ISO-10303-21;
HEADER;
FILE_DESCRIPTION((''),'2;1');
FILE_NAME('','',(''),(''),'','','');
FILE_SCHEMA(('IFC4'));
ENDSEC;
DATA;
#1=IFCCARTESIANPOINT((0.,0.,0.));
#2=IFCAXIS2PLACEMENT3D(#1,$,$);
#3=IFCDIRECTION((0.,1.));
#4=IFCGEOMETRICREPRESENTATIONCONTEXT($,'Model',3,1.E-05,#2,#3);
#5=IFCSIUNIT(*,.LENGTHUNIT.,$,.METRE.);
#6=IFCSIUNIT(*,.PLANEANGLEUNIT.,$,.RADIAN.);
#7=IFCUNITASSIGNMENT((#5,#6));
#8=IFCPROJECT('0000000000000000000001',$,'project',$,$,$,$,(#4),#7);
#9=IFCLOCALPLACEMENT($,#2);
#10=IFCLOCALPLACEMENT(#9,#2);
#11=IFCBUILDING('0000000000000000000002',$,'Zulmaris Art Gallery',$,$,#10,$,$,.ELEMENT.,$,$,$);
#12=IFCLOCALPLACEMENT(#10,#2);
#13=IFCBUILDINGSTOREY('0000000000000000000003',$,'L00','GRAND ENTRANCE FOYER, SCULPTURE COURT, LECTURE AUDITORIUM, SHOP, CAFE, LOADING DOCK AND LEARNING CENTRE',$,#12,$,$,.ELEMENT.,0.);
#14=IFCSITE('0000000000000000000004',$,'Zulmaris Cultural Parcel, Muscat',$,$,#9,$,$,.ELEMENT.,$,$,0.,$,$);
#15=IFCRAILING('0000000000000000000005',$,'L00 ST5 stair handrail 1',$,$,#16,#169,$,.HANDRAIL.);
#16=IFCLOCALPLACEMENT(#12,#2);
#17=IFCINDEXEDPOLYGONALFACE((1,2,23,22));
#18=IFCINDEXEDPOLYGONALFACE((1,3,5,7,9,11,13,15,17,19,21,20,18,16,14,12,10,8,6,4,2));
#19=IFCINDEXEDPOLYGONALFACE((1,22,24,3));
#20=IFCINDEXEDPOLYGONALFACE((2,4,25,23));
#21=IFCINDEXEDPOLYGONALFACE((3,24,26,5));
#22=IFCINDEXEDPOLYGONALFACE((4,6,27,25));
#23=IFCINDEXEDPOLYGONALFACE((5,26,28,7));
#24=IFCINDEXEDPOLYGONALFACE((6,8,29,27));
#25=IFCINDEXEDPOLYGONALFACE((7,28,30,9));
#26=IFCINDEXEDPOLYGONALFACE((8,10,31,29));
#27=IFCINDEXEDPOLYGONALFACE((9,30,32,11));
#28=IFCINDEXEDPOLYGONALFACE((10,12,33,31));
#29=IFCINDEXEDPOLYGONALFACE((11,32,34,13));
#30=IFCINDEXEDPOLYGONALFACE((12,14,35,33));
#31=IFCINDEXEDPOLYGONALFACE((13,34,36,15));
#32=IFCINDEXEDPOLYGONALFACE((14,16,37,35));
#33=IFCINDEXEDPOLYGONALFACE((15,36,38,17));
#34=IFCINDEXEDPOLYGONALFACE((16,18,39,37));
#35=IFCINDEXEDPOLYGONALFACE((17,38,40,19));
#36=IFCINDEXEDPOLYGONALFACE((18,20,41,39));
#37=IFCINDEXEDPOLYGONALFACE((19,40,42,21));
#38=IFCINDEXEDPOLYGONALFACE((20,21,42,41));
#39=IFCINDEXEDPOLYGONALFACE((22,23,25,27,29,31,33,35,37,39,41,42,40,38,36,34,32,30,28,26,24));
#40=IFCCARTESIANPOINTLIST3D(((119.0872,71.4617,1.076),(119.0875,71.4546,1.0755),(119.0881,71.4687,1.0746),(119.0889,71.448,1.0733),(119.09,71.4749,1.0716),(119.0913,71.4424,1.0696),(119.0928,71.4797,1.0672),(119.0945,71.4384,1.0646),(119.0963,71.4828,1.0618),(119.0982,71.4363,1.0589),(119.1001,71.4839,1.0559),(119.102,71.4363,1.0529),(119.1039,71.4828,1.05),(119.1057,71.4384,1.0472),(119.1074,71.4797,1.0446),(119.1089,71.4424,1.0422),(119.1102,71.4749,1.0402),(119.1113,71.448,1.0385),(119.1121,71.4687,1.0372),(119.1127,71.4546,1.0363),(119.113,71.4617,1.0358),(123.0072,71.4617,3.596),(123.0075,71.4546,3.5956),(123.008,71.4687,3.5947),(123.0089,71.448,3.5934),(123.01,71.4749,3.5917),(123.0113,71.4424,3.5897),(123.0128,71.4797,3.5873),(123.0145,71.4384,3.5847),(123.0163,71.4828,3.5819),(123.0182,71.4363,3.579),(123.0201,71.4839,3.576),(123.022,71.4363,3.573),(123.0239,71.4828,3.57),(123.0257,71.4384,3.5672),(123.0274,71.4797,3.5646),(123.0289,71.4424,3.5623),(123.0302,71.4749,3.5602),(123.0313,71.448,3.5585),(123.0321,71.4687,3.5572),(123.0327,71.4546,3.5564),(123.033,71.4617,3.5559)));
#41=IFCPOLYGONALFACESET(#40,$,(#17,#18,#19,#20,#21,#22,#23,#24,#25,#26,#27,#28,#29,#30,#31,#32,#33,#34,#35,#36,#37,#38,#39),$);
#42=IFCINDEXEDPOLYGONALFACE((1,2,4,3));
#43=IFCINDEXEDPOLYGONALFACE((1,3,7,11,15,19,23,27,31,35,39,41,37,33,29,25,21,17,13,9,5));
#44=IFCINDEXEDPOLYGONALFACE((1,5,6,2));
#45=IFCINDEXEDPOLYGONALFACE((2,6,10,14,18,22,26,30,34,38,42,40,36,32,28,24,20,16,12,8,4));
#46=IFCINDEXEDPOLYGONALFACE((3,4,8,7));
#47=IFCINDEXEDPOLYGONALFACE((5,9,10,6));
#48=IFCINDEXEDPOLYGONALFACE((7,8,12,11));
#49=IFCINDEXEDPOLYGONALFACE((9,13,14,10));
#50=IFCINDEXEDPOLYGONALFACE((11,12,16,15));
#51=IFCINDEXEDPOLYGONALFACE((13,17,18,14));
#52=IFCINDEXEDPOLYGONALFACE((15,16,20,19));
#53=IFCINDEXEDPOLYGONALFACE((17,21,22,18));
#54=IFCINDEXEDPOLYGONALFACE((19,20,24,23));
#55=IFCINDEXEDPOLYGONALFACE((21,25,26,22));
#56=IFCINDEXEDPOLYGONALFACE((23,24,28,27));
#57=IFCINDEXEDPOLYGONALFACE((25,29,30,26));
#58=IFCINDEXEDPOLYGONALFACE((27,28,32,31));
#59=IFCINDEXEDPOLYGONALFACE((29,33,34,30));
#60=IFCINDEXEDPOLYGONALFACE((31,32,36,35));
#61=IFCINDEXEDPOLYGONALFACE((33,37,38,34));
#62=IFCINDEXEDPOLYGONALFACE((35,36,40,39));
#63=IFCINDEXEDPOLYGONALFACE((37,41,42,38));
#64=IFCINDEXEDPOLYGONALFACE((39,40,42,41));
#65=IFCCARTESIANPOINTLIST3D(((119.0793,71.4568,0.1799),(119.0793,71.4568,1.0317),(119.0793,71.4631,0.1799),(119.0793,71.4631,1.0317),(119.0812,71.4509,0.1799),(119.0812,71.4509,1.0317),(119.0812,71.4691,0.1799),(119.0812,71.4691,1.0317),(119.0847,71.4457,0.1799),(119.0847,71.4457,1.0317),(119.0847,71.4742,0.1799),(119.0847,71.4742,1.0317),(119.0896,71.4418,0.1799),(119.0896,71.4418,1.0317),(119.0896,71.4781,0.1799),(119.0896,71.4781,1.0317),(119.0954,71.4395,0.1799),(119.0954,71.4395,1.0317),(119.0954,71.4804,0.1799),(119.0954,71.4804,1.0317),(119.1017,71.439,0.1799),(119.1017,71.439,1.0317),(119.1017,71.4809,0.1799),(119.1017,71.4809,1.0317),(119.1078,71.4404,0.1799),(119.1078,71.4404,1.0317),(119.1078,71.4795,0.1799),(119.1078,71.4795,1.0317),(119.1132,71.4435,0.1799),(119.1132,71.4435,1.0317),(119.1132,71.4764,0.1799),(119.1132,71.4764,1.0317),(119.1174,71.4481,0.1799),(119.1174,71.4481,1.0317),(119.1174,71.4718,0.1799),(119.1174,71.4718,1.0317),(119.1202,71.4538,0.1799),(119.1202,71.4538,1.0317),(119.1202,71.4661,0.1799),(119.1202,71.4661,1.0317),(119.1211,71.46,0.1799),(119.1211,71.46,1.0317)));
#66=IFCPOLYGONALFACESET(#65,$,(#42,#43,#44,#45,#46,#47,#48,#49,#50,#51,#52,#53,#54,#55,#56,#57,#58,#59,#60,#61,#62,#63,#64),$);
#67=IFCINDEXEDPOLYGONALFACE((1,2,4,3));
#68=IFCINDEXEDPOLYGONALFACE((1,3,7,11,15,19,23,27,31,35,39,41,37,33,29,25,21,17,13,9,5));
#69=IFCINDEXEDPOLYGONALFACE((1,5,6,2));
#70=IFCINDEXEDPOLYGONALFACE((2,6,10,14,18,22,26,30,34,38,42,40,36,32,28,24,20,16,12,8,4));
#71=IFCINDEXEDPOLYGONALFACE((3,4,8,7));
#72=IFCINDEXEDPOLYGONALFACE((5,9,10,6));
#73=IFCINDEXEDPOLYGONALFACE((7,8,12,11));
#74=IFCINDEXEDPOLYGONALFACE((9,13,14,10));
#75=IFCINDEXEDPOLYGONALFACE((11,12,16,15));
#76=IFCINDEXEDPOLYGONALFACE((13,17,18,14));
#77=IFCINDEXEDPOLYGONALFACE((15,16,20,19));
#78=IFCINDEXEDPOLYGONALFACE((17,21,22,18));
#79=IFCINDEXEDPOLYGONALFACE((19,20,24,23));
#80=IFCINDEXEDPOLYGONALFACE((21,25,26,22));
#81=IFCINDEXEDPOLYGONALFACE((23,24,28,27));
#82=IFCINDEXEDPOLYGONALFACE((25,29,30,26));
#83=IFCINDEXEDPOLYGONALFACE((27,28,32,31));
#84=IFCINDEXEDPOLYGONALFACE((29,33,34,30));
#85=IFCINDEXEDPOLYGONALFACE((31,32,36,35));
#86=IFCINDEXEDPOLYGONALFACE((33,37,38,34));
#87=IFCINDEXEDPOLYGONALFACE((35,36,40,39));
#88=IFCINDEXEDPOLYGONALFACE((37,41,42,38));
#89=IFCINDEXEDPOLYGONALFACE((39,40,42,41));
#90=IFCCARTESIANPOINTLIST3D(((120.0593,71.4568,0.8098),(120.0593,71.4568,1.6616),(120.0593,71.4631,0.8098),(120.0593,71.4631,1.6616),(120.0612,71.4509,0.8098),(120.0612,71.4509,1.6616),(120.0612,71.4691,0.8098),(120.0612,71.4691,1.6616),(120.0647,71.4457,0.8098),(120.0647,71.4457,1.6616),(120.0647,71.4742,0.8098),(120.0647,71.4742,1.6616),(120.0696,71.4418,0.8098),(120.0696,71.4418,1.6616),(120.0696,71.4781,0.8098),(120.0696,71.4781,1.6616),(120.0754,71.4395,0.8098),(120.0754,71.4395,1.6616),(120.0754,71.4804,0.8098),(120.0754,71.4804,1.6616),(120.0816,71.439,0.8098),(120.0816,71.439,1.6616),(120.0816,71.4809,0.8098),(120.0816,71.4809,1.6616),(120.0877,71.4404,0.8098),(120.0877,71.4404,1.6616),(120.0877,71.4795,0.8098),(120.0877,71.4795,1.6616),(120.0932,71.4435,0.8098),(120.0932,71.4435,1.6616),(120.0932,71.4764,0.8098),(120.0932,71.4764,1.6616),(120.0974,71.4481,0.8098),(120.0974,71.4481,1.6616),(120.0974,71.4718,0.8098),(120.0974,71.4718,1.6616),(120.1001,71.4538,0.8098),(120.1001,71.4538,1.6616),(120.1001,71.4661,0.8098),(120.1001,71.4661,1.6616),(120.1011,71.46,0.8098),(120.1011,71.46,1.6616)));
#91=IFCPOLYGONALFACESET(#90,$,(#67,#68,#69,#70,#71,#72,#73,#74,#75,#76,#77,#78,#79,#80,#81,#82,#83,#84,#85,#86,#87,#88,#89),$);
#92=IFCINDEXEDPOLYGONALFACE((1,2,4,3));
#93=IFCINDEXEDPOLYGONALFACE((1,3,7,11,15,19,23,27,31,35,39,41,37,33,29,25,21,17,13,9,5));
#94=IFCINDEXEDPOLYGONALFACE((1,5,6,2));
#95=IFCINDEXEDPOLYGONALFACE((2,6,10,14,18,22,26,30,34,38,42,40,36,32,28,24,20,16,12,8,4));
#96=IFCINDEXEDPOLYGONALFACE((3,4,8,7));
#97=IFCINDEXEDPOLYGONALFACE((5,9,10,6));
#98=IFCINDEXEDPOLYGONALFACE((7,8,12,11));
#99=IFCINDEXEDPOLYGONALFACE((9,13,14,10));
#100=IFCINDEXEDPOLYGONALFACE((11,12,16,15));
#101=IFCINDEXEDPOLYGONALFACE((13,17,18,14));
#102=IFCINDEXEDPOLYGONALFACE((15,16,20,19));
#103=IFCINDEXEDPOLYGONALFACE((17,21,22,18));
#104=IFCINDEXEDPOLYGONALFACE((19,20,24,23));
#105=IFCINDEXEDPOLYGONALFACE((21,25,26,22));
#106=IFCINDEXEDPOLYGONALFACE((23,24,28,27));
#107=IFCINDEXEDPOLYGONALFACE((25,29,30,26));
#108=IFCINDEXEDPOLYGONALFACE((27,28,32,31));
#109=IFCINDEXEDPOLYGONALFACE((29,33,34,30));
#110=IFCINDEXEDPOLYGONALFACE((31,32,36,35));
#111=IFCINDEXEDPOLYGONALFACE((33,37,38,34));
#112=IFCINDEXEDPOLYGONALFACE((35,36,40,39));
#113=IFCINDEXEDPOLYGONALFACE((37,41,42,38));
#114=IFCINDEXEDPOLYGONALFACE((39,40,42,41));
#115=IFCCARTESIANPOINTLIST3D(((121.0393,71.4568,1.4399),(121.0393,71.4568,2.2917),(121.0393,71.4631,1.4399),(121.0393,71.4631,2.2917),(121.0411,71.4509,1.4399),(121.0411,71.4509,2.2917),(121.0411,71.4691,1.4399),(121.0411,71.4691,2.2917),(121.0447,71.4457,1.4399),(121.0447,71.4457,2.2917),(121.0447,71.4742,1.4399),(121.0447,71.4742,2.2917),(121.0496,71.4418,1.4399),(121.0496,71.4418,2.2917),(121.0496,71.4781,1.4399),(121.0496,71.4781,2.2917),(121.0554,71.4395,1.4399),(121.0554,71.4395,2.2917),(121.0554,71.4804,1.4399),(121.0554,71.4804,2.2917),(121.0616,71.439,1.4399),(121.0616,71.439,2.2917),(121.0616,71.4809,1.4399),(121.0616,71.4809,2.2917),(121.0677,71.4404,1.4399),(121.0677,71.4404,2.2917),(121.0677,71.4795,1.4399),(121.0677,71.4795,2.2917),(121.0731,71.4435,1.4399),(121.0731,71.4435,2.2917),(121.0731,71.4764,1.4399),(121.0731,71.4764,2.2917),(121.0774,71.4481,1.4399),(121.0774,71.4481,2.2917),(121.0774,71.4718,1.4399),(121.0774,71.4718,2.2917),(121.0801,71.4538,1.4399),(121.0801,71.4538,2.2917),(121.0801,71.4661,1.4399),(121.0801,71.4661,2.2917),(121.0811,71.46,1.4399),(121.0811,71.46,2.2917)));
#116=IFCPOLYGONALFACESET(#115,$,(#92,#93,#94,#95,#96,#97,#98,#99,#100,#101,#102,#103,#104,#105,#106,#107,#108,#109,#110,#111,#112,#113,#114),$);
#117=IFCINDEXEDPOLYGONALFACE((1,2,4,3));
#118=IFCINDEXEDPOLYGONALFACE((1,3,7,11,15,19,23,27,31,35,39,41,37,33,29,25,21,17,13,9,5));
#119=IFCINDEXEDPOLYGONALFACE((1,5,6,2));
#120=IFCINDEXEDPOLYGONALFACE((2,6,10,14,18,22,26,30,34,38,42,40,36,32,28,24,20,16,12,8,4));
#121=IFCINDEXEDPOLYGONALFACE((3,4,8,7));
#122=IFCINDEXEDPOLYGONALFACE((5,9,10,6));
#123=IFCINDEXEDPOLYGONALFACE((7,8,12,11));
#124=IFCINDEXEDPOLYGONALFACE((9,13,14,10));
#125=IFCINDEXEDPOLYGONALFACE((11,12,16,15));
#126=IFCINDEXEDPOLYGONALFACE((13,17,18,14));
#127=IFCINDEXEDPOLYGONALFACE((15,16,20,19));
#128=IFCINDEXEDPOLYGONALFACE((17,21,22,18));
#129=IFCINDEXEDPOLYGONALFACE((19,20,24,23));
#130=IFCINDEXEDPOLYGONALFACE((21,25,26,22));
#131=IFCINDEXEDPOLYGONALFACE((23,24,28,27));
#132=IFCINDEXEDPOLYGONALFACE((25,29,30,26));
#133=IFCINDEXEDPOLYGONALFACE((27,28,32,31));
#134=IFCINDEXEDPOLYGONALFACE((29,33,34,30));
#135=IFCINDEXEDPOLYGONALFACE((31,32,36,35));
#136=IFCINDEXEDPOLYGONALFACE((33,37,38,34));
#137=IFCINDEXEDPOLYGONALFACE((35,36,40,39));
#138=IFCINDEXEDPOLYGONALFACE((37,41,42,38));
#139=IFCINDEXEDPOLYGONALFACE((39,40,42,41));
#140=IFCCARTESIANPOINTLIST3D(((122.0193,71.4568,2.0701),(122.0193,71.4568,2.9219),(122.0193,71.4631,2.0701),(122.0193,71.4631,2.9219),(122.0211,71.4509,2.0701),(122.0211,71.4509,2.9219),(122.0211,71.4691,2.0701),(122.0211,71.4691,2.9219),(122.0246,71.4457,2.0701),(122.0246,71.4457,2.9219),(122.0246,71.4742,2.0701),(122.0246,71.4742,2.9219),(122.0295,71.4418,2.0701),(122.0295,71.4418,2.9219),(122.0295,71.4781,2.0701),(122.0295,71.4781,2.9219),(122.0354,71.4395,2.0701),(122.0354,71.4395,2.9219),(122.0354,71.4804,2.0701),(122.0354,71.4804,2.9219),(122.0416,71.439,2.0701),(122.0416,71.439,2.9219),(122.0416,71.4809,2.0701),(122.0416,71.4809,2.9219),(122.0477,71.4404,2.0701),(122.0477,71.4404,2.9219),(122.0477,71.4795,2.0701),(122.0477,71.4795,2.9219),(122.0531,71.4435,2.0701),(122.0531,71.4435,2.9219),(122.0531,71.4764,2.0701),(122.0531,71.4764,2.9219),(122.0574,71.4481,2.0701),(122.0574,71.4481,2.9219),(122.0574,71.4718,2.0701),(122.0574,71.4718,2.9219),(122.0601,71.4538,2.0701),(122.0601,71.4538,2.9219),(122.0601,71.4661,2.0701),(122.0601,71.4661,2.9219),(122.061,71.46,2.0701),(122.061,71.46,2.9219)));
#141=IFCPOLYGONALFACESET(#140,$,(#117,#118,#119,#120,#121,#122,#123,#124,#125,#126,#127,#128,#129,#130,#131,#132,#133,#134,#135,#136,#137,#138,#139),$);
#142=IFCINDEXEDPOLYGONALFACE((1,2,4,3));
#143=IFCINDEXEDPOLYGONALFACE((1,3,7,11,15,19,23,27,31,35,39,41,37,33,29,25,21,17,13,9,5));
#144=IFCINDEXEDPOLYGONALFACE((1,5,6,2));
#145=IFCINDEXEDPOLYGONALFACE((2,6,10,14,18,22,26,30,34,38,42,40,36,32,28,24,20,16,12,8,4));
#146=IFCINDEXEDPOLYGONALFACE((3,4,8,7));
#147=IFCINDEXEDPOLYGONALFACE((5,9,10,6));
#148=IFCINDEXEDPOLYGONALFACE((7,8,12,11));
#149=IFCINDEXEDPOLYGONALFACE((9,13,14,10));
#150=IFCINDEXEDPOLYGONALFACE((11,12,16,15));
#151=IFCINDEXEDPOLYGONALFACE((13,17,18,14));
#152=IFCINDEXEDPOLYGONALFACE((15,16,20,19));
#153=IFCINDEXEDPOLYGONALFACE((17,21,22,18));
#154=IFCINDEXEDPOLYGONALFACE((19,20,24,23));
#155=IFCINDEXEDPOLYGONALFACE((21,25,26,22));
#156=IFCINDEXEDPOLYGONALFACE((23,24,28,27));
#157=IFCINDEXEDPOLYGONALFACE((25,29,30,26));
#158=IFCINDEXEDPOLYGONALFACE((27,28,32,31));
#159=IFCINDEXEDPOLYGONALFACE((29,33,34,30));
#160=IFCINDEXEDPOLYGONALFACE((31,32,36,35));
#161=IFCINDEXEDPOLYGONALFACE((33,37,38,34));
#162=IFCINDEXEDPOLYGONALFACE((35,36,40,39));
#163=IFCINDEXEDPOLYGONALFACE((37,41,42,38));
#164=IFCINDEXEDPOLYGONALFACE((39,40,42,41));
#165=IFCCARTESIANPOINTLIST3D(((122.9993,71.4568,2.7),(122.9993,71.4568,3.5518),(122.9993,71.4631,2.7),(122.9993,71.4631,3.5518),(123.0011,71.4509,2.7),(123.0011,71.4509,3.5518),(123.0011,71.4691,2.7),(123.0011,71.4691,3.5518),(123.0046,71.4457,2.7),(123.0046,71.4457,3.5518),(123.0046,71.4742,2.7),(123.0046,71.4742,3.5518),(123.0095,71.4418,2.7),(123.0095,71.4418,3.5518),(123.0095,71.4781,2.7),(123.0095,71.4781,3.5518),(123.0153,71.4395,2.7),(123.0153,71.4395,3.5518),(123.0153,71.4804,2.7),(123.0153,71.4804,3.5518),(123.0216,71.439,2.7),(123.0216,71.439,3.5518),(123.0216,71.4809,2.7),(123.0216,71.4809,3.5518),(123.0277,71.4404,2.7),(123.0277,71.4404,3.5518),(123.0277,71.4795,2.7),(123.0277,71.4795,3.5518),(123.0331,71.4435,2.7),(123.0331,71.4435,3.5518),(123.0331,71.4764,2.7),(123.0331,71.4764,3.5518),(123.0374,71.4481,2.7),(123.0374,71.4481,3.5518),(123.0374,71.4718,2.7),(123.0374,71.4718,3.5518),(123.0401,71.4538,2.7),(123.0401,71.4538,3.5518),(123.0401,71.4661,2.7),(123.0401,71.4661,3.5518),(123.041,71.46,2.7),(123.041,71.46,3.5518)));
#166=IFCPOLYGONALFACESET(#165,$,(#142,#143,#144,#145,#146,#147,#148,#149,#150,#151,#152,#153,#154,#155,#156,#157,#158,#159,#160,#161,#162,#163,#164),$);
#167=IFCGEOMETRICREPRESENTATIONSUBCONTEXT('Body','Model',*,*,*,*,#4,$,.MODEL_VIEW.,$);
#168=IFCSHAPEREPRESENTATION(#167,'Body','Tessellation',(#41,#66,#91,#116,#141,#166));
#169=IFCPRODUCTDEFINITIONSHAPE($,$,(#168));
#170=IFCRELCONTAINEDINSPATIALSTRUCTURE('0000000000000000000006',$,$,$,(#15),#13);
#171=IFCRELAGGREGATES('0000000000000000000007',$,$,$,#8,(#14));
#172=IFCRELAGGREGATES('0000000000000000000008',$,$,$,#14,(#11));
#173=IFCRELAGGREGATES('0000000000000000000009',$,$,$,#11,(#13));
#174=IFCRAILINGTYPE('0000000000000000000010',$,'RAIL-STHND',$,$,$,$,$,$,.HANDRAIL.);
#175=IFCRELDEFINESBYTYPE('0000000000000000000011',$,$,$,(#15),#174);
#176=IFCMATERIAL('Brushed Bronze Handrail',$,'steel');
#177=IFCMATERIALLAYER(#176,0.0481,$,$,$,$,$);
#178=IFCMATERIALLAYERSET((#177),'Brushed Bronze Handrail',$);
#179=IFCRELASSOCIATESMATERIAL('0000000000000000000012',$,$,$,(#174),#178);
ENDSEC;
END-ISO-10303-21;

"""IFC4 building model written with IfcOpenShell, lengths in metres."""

from ifc_helpers import new_model, si_unit, direction, frame, origin, origin_2d, place, context, subcontext, project, spatial, circle, extrude, material, layer, layer_set, type_object, element, save


model = new_model("IFC4")

# Units and contexts
model_context = context("Model", 3, precision=1e-05, world=origin(), true_north=direction((0.0, 1.0)))
body_context = subcontext(model_context, "Body", "Model", "MODEL_VIEW")
ifc_project = project(units=[si_unit("LENGTHUNIT", "METRE"), si_unit("PLANEANGLEUNIT", "RADIAN")], contexts=[model_context])

# Site, building, storey
site_placement = place(None, origin())
site = spatial("IfcSite", under=ifc_project, at=site_placement, Name="Zulmaris Cultural Parcel, Muscat", CompositionType="ELEMENT", RefElevation=0.0)
building_placement = place(site_placement, origin())
building = spatial("IfcBuilding", under=site, at=building_placement, Name="Zulmaris Art Gallery", CompositionType="ELEMENT")
storey_placement = place(building_placement, origin())
storey = spatial("IfcBuildingStorey", under=building, at=storey_placement, Name="L00", Description="GRAND ENTRANCE FOYER, SCULPTURE COURT, LECTURE AUDITORIUM, SHOP, CAFE, LOADING DOCK AND LEARNING CENTRE", CompositionType="ELEMENT", Elevation=0.0)

# Railing
ifc_material_1 = material(Name="Brushed Bronze Handrail", Category="steel")
ifc_layer_1 = layer(ifc_material_1, 0.0481)
ifc_layer_set_1 = layer_set([ifc_layer_1], Name="Brushed Bronze Handrail")
railing_type_1 = type_object("IfcRailingType", Name="RAIL-STHND", PredefinedType="HANDRAIL", material=ifc_layer_set_1)
railing_1_placement = place(storey_placement, frame((119.1001, 71.46, 0.1799)))
element("IfcRailing", 1, at=railing_1_placement, inside=storey, type_object=railing_type_1, Name="L00 ST5 stair handrail 1", PredefinedType="HANDRAIL", context=body_context, shape_type="SweptSolid", body=[
    extrude(circle(Radius=0.0239, at=origin_2d()), frame((0.0, 0.0, 0.876), z_axis=(0.841172, 0.0, 0.540768), x_axis=(0.0, 1.0, 0.0)), (0.0, 0.0, 1.0), 4.6602),
    extrude(circle(Radius=0.021, at=origin_2d()), origin(), (0.0, 0.0, 1.0), 0.8518),
    extrude(circle(Radius=0.021, at=origin_2d()), frame((0.98, 0.0, 0.6299)), (0.0, 0.0, 1.0), 0.8518),
    extrude(circle(Radius=0.021, at=origin_2d()), frame((1.96, 0.0, 1.26)), (0.0, 0.0, 1.0), 0.8518),
    extrude(circle(Radius=0.021, at=origin_2d()), frame((2.9399, 0.0, 1.8901)), (0.0, 0.0, 1.0), 0.8518),
    extrude(circle(Radius=0.021, at=origin_2d()), frame((3.9199, 0.0, 2.52)), (0.0, 0.0, 1.0), 0.8518),
])

save(model, "model.ifc")
